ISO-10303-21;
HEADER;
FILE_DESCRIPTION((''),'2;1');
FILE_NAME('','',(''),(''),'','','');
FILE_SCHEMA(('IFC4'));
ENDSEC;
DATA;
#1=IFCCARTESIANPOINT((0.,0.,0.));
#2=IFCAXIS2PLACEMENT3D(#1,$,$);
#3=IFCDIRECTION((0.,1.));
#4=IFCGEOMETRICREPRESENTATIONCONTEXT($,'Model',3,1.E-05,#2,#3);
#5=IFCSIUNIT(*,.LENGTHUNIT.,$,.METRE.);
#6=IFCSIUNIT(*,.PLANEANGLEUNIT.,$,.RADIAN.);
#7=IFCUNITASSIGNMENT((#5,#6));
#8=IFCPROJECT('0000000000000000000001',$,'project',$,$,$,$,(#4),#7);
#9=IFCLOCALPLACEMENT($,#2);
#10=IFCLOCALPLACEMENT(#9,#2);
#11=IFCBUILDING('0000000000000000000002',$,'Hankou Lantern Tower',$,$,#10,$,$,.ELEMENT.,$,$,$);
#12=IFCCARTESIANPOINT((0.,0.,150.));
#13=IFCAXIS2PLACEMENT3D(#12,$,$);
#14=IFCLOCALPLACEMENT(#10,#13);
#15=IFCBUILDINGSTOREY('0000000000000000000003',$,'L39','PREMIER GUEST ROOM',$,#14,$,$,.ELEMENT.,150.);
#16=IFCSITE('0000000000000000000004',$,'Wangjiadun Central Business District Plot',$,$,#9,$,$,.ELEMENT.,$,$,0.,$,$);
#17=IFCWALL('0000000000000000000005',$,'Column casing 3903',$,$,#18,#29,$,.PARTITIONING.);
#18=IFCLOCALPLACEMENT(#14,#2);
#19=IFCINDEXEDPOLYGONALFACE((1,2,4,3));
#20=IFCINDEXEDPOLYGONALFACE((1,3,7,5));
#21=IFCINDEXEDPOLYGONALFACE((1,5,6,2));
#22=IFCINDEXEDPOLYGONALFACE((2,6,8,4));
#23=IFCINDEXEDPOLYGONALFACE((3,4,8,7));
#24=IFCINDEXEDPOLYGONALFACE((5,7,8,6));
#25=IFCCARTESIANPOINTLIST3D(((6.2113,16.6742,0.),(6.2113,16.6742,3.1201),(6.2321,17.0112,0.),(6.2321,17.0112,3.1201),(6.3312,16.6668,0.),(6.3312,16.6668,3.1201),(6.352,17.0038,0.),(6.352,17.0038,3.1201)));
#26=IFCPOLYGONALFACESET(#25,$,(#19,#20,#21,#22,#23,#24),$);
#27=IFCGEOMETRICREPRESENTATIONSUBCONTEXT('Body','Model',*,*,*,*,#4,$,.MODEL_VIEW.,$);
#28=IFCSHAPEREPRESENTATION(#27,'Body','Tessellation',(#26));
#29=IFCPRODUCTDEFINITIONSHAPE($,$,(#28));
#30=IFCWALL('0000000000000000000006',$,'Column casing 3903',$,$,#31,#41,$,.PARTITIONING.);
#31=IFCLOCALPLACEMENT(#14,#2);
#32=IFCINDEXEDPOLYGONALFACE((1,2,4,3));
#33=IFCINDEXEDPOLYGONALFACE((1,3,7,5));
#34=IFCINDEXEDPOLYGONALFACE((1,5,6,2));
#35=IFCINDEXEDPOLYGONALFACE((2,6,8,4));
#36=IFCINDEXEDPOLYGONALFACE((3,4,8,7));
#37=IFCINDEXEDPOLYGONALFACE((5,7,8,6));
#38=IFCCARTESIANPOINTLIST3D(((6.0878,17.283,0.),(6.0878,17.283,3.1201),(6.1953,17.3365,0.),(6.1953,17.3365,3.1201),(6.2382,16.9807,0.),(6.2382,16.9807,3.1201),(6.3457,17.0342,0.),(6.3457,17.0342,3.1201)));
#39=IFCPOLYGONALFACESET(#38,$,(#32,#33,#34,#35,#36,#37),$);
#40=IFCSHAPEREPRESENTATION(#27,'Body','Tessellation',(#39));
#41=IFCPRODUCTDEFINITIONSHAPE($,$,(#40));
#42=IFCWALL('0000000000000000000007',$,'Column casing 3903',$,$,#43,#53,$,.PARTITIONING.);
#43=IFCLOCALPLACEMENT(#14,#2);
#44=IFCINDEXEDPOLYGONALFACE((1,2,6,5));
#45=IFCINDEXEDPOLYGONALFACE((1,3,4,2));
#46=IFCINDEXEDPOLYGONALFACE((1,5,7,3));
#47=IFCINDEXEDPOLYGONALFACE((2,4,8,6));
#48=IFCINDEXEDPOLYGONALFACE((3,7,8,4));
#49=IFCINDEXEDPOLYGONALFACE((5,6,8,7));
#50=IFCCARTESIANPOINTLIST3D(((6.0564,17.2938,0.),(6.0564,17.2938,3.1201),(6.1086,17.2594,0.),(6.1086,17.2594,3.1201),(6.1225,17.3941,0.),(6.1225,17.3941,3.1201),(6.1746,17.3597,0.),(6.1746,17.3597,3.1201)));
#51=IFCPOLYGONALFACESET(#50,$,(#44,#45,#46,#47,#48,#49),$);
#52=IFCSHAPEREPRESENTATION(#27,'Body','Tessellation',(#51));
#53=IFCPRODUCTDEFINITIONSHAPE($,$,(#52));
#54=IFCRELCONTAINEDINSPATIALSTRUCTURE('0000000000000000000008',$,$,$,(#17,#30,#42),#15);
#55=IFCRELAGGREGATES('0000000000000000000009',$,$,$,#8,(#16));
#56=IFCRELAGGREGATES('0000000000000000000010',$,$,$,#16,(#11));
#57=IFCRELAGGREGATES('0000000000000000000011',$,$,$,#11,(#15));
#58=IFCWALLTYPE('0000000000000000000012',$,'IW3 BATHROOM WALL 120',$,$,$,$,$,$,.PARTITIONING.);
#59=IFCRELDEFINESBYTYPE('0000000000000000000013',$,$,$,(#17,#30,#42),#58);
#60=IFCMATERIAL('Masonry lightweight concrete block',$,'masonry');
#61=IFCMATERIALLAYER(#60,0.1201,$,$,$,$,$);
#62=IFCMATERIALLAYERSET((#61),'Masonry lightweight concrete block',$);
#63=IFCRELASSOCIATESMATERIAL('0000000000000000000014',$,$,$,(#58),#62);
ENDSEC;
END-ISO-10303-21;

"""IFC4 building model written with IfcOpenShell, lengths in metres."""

from ifc_helpers import new_model, si_unit, direction, frame, frame_2d, origin, place, context, subcontext, project, spatial, rectangle, extrude, material, layer, layer_set, type_object, element, save


model = new_model("IFC4")

# Units and contexts
model_context = context("Model", 3, precision=1e-05, world=origin(), true_north=direction((0.0, 1.0)))
body_context = subcontext(model_context, "Body", "Model", "MODEL_VIEW")
ifc_project = project(units=[si_unit("LENGTHUNIT", "METRE"), si_unit("PLANEANGLEUNIT", "RADIAN")], contexts=[model_context])

# Site, building, storey
site_placement = place(None, origin())
site = spatial("IfcSite", under=ifc_project, at=site_placement, Name="Wangjiadun Central Business District Plot", CompositionType="ELEMENT", RefElevation=0.0)
building_placement = place(site_placement, origin())
building = spatial("IfcBuilding", under=site, at=building_placement, Name="Hankou Lantern Tower", CompositionType="ELEMENT")
storey_placement = place(building_placement, frame((0.0, 0.0, 150.0)))
storey = spatial("IfcBuildingStorey", under=building, at=storey_placement, Name="L39", Description="PREMIER GUEST ROOM", CompositionType="ELEMENT", Elevation=150.0)

# Shared definitions
ifc_material_1 = material(Name="Masonry lightweight concrete block", Category="masonry")
ifc_layer_1 = layer(ifc_material_1, 0.1201)
ifc_layer_set_1 = layer_set([ifc_layer_1], Name="Masonry lightweight concrete block")
wall_type_1 = type_object("IfcWallType", Name="IW3 BATHROOM WALL 120", PredefinedType="PARTITIONING", material=ifc_layer_set_1)

# Walls
for number, where, z_axis, x_axis, name in (
    (1, (6.2712, 16.6704, 0.0), (0.0, 0.0, 1.0), (0.061478, 0.998108, 0.0), "Column casing 3903"),
    (2, (6.292, 17.0073, 0.0), (0.0, 0.0, 1.0), (-0.445477, 0.895293, 0.0), "Column casing 3903"),
):
    element("IfcWall", number, at=place(storey_placement, frame(where, z_axis=z_axis, x_axis=x_axis)), inside=storey, type_object=wall_type_1, Name=name, PredefinedType="PARTITIONING", context=body_context, shape_type="SweptSolid", body=[
        extrude(rectangle(XDim=0.3376, YDim=0.1201, at=frame_2d((0.1689, 0.0))), origin(), (0.0, 0.0, 1.0), 3.1201),
    ])
wall_1_placement = place(storey_placement, frame((6.1416, 17.3096, 0.0), z_axis=(0.0, 0.0, 1.0), x_axis=(-0.83504, 0.55019, 0.0)))
element("IfcWall", 3, at=wall_1_placement, inside=storey, type_object=wall_type_1, Name="Column casing 3903", PredefinedType="PARTITIONING", context=body_context, shape_type="SweptSolid", body=[
    extrude(rectangle(XDim=0.0625, YDim=0.1201, at=frame_2d((0.0312, 0.0))), origin(), (0.0, 0.0, 1.0), 3.1201),
])

save(model, "model.ifc")
